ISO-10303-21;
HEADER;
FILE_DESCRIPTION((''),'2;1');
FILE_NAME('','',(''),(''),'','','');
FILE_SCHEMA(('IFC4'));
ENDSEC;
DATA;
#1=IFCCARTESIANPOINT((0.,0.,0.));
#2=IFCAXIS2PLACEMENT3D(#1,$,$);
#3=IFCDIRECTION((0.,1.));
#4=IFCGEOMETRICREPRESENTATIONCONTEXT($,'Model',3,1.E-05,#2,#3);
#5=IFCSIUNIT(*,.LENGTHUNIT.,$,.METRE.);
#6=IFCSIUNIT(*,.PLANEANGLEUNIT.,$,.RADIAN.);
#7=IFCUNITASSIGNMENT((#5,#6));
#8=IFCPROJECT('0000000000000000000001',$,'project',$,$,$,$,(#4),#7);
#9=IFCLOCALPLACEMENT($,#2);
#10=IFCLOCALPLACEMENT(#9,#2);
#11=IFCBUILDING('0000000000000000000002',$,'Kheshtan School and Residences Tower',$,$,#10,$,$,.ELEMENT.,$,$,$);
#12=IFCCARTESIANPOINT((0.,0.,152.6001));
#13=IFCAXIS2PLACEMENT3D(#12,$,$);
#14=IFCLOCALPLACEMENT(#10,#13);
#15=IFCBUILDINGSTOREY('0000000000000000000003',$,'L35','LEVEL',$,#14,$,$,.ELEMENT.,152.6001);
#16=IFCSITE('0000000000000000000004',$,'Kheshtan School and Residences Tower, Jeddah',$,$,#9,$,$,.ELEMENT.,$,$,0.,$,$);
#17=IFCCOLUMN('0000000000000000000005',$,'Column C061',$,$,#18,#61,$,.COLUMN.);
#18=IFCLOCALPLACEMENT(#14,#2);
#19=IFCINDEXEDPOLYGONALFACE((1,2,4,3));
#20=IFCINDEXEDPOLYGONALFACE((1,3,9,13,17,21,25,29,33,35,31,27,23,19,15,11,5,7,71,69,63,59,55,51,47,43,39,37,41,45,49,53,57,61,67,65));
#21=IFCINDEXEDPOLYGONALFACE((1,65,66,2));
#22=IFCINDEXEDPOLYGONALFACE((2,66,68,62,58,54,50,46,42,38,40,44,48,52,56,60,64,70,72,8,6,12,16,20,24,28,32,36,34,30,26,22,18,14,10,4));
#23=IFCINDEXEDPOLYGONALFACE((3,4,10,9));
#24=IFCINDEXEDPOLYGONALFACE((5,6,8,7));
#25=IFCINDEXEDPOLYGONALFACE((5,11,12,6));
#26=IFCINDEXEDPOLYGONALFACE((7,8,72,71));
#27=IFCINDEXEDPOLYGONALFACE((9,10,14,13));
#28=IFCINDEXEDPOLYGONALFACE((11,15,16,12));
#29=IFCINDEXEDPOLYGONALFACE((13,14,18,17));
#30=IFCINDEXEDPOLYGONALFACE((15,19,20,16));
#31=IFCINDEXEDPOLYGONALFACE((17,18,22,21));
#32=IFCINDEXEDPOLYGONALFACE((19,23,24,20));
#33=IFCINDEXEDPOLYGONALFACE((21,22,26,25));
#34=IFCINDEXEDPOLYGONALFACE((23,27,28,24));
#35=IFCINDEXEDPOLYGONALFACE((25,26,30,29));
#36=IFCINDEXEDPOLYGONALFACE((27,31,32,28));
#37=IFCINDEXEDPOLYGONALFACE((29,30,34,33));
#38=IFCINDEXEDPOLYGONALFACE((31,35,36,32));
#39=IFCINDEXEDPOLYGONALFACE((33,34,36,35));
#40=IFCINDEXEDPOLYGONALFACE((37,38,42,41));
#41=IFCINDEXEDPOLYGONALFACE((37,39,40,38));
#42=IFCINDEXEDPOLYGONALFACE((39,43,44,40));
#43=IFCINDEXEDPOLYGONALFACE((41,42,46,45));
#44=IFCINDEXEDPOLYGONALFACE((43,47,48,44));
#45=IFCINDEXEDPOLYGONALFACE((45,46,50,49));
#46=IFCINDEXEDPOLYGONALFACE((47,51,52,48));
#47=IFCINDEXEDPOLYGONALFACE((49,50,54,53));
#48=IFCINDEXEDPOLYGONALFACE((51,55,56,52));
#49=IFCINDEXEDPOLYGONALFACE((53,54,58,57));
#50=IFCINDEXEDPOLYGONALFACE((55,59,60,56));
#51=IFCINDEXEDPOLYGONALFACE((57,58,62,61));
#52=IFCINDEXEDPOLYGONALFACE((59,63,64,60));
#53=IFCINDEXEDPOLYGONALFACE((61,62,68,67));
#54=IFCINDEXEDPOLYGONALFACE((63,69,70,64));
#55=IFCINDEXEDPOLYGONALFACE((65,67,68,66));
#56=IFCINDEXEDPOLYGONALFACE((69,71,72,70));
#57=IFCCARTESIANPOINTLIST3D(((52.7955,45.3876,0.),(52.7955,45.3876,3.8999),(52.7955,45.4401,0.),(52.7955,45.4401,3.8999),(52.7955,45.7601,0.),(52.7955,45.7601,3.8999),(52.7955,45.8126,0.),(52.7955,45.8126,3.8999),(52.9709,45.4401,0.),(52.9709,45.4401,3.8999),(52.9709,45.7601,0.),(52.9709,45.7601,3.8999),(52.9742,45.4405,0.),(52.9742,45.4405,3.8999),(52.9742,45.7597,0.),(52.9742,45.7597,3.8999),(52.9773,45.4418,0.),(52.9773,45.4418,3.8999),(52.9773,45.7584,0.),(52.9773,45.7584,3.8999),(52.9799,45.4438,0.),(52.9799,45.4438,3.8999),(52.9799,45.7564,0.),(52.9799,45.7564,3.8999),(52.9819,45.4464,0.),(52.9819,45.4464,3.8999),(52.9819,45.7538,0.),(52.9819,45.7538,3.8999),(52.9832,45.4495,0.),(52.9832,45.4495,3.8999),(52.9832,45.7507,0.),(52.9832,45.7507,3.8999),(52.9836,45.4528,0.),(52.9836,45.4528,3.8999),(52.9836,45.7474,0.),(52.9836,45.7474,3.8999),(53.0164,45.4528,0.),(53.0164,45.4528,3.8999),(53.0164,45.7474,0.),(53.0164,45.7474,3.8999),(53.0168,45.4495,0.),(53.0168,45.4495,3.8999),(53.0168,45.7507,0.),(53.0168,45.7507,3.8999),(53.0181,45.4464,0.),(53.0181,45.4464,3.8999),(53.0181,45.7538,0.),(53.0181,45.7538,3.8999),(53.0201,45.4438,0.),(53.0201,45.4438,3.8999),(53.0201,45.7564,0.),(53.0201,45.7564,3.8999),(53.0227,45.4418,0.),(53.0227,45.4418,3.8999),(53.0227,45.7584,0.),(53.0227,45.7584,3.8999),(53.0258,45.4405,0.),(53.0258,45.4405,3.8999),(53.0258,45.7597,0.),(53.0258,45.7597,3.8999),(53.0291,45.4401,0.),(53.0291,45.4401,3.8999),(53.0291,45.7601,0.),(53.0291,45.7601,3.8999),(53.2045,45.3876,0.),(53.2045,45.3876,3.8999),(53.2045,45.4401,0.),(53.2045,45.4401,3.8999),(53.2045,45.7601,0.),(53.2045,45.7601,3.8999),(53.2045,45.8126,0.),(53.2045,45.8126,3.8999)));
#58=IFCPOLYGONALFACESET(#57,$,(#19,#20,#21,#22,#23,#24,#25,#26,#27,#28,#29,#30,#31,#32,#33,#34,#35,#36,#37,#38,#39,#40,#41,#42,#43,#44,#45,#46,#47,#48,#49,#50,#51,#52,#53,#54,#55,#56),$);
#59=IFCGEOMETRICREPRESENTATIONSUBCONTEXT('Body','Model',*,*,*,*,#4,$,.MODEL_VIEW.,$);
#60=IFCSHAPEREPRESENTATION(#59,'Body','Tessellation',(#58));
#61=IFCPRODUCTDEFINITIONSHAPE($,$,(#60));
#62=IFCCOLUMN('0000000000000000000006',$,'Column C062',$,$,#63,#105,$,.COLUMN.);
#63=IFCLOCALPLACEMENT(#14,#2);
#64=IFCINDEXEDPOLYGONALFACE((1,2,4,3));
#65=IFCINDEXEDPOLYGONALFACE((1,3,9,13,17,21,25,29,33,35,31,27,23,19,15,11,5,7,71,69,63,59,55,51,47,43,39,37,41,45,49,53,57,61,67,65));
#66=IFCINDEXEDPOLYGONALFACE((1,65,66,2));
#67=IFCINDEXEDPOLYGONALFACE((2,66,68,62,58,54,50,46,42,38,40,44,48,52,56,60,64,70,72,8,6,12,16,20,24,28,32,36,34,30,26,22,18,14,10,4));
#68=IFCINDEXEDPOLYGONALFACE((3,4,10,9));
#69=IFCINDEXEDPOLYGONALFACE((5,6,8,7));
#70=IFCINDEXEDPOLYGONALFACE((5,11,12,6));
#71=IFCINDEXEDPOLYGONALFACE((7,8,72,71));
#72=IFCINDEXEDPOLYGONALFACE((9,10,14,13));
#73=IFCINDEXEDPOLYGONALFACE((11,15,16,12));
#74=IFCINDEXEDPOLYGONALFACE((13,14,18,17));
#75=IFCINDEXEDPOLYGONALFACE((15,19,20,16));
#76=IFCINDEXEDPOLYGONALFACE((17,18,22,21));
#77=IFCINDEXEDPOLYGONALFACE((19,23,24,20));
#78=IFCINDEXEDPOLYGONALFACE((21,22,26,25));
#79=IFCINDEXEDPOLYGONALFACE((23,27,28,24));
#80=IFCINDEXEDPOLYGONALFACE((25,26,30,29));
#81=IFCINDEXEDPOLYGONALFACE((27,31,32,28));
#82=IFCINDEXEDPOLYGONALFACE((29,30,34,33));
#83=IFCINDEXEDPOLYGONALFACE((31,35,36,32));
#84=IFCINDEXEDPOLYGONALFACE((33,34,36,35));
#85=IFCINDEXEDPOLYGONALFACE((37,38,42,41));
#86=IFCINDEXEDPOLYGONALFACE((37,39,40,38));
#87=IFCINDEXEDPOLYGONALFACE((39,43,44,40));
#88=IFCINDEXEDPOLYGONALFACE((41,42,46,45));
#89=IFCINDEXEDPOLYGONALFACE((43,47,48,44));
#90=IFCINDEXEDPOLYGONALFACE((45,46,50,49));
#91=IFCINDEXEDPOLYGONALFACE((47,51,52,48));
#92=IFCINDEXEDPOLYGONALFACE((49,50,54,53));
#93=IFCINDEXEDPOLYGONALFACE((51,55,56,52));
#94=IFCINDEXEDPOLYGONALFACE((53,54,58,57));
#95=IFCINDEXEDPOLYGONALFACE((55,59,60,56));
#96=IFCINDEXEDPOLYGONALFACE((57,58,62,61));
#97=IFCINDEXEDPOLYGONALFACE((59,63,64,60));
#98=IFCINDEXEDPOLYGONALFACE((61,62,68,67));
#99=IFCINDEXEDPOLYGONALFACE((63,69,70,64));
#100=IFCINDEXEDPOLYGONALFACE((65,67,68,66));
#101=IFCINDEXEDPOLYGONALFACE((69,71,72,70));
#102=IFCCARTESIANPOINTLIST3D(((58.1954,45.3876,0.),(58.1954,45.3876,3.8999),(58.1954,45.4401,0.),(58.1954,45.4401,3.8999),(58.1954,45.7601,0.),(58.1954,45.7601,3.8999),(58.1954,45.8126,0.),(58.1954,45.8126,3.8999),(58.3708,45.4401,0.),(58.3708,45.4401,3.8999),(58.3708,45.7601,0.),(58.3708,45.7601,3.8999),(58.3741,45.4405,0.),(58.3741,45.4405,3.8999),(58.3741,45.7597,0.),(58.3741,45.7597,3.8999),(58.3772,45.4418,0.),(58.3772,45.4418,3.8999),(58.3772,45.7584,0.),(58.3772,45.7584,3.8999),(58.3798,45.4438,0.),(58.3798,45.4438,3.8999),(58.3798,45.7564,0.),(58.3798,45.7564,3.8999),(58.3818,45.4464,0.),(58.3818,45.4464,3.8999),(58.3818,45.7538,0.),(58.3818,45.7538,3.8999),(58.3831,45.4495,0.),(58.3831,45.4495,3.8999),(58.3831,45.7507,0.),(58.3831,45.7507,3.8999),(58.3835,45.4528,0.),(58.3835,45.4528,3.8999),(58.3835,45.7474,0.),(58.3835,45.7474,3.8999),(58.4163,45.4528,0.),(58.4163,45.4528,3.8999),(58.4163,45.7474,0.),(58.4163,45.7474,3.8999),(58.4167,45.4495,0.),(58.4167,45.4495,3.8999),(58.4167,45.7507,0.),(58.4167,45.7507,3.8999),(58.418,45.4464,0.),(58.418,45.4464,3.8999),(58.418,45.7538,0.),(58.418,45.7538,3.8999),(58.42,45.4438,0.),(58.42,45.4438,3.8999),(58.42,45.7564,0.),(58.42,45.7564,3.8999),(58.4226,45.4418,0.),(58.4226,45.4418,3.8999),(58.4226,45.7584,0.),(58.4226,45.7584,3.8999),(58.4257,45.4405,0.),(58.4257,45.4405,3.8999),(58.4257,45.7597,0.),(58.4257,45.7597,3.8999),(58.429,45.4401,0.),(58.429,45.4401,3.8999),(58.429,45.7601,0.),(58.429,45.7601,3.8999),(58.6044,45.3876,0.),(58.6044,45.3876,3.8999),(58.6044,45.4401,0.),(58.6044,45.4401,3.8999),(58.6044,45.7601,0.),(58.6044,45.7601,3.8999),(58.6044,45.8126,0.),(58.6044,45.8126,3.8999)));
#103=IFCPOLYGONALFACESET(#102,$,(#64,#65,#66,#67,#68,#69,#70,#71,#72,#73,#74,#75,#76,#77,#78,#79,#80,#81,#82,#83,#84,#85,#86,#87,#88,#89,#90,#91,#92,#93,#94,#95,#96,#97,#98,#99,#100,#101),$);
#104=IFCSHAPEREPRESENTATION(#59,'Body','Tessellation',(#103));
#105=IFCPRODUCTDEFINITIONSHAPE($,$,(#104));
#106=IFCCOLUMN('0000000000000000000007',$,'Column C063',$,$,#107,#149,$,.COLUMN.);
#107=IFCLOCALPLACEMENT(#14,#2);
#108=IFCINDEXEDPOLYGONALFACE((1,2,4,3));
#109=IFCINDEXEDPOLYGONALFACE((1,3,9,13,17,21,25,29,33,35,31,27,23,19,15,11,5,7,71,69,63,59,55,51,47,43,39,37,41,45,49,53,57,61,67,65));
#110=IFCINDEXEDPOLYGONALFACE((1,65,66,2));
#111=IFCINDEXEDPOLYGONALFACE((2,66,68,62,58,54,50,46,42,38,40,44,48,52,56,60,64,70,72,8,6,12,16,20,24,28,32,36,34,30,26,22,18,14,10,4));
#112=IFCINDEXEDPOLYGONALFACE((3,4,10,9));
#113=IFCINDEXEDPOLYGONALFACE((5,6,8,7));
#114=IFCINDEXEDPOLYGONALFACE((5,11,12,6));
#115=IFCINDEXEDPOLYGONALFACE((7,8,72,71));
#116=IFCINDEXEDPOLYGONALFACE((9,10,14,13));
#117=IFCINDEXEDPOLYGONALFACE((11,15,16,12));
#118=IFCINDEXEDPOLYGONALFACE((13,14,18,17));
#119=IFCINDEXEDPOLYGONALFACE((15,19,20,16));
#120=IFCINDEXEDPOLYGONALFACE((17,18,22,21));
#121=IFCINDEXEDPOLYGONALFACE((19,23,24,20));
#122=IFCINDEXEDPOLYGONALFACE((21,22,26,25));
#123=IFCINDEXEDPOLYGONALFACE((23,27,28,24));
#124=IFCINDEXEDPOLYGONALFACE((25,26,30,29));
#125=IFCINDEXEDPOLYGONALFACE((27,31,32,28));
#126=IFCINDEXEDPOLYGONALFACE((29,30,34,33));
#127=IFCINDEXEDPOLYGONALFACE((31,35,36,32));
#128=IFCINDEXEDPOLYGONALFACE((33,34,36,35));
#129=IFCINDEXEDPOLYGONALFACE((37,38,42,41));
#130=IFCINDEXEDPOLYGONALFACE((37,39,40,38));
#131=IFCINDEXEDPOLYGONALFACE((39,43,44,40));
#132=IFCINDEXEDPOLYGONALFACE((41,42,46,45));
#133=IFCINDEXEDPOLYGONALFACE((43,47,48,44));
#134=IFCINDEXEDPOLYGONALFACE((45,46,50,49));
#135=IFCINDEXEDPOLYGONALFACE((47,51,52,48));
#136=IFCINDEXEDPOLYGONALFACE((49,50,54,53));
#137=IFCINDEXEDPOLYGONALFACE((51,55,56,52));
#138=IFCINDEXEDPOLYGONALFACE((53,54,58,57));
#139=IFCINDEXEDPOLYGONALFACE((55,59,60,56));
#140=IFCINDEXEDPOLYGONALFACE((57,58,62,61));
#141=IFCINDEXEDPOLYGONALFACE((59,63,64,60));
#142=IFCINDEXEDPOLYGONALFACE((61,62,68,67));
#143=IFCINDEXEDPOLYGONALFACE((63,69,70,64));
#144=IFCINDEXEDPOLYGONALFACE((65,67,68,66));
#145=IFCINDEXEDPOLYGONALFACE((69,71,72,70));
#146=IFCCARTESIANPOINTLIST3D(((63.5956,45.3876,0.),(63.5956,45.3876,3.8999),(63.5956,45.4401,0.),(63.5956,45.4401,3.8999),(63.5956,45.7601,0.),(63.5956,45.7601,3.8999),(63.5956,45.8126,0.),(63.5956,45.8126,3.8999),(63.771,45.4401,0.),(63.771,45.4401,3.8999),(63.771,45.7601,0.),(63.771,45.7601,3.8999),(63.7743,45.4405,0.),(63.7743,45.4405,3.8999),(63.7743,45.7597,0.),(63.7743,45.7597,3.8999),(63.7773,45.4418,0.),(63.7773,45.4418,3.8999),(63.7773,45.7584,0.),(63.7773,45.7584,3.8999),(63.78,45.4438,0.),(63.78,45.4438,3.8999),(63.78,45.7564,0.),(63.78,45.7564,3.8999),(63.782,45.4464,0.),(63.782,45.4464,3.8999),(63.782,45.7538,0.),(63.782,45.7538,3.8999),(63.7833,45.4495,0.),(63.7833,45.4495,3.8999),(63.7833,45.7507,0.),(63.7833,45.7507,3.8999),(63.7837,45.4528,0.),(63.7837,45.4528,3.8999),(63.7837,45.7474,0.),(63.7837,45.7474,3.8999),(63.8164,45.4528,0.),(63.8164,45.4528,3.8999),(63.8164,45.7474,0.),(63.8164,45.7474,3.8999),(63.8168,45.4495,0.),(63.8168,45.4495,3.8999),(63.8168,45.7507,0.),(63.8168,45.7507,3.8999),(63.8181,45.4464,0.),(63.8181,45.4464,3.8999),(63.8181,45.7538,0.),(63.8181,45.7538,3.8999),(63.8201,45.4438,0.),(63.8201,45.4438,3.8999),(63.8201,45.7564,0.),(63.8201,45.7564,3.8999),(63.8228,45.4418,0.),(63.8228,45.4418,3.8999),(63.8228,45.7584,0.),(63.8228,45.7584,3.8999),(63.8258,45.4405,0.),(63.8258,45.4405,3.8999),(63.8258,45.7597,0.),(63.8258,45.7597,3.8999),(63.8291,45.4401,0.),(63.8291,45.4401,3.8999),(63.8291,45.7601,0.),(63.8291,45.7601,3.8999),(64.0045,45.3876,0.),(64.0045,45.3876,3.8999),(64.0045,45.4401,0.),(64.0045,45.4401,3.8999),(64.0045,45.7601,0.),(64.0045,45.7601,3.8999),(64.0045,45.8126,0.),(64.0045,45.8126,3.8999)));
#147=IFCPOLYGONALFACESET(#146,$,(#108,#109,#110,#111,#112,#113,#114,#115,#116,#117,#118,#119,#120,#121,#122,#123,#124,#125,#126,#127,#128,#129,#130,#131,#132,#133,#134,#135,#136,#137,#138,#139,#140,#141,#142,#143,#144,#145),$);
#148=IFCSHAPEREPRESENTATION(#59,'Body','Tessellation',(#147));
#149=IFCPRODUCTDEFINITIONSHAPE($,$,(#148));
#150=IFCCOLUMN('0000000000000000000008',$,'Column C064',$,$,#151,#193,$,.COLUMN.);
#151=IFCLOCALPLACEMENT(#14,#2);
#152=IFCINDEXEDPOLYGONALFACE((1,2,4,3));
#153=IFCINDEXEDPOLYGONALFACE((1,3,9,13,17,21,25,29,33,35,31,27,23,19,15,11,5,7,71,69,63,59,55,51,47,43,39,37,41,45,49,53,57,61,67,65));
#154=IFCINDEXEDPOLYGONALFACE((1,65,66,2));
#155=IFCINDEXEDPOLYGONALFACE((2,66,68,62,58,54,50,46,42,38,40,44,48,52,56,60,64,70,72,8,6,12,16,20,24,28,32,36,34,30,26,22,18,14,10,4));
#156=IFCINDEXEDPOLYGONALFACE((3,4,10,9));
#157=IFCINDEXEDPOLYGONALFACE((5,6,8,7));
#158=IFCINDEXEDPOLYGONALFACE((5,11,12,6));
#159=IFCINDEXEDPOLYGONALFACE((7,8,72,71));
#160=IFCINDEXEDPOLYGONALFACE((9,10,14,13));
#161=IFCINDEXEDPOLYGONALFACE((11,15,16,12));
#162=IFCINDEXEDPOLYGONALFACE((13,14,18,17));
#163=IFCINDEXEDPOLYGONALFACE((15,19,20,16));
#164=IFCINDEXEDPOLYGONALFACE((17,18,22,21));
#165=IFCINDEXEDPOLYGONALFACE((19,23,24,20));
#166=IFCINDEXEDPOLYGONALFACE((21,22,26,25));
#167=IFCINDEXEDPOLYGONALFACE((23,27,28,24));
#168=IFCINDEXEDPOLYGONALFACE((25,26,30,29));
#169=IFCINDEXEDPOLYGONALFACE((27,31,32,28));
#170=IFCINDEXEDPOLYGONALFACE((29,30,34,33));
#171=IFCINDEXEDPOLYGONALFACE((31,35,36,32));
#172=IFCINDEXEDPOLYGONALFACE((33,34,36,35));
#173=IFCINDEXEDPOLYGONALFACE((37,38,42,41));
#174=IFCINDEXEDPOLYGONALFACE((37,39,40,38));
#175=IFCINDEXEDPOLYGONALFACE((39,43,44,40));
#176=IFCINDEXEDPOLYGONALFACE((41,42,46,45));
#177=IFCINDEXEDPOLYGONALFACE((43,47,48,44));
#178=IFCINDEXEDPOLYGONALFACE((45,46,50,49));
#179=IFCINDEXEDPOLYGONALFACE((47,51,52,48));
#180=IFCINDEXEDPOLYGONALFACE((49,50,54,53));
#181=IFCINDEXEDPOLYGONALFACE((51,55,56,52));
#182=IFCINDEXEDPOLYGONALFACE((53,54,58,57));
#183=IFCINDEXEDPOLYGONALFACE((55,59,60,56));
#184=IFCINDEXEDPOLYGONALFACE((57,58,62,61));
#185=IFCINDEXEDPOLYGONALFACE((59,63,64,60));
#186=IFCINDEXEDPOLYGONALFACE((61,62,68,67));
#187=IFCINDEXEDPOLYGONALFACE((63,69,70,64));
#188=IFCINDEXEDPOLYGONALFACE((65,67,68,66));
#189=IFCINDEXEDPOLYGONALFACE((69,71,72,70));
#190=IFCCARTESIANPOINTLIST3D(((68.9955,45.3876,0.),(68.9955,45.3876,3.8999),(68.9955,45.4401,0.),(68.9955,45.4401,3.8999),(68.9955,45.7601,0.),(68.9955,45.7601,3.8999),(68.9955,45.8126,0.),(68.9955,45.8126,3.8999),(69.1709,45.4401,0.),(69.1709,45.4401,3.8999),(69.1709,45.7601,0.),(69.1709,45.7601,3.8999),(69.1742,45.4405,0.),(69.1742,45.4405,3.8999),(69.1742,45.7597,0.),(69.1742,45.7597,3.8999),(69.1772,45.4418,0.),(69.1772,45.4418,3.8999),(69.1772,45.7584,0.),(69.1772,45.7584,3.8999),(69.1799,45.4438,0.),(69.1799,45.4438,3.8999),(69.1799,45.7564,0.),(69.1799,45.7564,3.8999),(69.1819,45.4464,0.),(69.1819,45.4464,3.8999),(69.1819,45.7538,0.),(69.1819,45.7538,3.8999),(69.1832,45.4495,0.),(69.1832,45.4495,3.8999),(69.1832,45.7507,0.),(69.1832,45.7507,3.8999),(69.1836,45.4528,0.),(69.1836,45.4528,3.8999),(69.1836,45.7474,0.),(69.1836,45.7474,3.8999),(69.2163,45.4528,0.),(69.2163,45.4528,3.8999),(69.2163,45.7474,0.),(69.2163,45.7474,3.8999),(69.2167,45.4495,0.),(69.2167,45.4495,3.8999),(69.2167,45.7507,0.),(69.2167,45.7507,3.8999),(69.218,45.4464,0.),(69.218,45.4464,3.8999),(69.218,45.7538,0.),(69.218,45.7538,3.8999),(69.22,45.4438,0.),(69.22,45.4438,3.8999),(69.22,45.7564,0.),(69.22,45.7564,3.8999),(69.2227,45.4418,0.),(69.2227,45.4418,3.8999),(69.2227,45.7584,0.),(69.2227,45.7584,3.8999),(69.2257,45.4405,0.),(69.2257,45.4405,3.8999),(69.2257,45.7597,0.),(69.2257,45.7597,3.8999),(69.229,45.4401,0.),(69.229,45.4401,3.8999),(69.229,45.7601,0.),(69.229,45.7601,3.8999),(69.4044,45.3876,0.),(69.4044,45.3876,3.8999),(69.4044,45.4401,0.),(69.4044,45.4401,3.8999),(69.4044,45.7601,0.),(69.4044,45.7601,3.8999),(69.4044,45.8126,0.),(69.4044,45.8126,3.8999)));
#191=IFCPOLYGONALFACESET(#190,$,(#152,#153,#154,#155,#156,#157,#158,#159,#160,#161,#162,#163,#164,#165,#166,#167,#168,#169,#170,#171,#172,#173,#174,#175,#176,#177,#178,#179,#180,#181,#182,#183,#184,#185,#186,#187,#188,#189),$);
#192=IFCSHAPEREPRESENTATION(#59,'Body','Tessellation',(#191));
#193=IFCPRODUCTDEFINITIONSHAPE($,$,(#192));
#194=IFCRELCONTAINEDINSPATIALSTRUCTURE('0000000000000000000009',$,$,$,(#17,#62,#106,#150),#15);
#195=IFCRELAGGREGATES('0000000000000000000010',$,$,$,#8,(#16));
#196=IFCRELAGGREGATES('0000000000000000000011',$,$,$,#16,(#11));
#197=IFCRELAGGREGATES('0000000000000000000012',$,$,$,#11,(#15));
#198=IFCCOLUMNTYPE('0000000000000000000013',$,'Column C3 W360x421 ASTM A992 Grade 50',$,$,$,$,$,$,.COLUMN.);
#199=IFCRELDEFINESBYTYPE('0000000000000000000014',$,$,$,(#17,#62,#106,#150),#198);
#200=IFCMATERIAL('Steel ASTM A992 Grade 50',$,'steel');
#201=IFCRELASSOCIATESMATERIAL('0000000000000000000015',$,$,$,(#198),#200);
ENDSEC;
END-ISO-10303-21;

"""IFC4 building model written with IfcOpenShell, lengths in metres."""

from ifc_helpers import new_model, si_unit, direction, frame, origin, origin_2d, place, context, subcontext, project, spatial, i_section, extrude, material, material_profile, profile_set, type_object, element, save


model = new_model("IFC4")

# Units and contexts
model_context = context("Model", 3, precision=1e-05, world=origin(), true_north=direction((0.0, 1.0)))
body_context = subcontext(model_context, "Body", "Model", "MODEL_VIEW")
ifc_project = project(units=[si_unit("LENGTHUNIT", "METRE"), si_unit("PLANEANGLEUNIT", "RADIAN")], contexts=[model_context])

# Site, building, storey
site_placement = place(None, origin())
site = spatial("IfcSite", under=ifc_project, at=site_placement, Name="Kheshtan School and Residences Tower, Jeddah", CompositionType="ELEMENT", RefElevation=0.0)
building_placement = place(site_placement, origin())
building = spatial("IfcBuilding", under=site, at=building_placement, Name="Kheshtan School and Residences Tower", CompositionType="ELEMENT")
storey_placement = place(building_placement, frame((0.0, 0.0, 152.6001)))
storey = spatial("IfcBuildingStorey", under=building, at=storey_placement, Name="L35", Description="LEVEL", CompositionType="ELEMENT", Elevation=152.6001)

# Columns
ifc_material_1 = material(Name="Steel ASTM A992 Grade 50", Category="steel")
ifc_material_profile_1 = material_profile(ifc_material_1, i_section(OverallWidth=0.4089, OverallDepth=0.425, WebThickness=0.0327, FlangeThickness=0.0525, FilletRadius=0.0127, at=origin_2d()), Name="W360x421")
ifc_profile_set_1 = profile_set([ifc_material_profile_1], Name="Steel ASTM A992 Grade 50")
column_type_1 = type_object("IfcColumnType", Name="Column C3 W360x421 ASTM A992 Grade 50", PredefinedType="COLUMN", material=ifc_profile_set_1)
for number, where, z_axis, x_axis, name in (
    (1, (53.0, 45.6001, 0.0), (0.0, 0.0, 1.0), (1.0, 0.0, 0.0), "Column C061"),
    (2, (58.3999, 45.6001, 0.0), (0.0, 0.0, 1.0), (1.0, 0.0, 0.0), "Column C062"),
    (3, (63.8, 45.6001, 0.0), (0.0, 0.0, 1.0), (1.0, 0.0, 0.0), "Column C063"),
    (4, (69.2, 45.6001, 0.0), (0.0, 0.0, 1.0), (1.0, 0.0, 0.0), "Column C064"),
):
    element("IfcColumn", number, at=place(storey_placement, frame(where, z_axis=z_axis, x_axis=x_axis)), inside=storey, type_object=column_type_1, Name=name, PredefinedType="COLUMN", context=body_context, shape_type="SweptSolid", body=[
        extrude(i_section(OverallWidth=0.4089, OverallDepth=0.425, WebThickness=0.0327, FlangeThickness=0.0525, FilletRadius=0.0127, at=origin_2d()), origin(), (0.0, 0.0, 1.0), 3.8999),
    ])

save(model, "model.ifc")
